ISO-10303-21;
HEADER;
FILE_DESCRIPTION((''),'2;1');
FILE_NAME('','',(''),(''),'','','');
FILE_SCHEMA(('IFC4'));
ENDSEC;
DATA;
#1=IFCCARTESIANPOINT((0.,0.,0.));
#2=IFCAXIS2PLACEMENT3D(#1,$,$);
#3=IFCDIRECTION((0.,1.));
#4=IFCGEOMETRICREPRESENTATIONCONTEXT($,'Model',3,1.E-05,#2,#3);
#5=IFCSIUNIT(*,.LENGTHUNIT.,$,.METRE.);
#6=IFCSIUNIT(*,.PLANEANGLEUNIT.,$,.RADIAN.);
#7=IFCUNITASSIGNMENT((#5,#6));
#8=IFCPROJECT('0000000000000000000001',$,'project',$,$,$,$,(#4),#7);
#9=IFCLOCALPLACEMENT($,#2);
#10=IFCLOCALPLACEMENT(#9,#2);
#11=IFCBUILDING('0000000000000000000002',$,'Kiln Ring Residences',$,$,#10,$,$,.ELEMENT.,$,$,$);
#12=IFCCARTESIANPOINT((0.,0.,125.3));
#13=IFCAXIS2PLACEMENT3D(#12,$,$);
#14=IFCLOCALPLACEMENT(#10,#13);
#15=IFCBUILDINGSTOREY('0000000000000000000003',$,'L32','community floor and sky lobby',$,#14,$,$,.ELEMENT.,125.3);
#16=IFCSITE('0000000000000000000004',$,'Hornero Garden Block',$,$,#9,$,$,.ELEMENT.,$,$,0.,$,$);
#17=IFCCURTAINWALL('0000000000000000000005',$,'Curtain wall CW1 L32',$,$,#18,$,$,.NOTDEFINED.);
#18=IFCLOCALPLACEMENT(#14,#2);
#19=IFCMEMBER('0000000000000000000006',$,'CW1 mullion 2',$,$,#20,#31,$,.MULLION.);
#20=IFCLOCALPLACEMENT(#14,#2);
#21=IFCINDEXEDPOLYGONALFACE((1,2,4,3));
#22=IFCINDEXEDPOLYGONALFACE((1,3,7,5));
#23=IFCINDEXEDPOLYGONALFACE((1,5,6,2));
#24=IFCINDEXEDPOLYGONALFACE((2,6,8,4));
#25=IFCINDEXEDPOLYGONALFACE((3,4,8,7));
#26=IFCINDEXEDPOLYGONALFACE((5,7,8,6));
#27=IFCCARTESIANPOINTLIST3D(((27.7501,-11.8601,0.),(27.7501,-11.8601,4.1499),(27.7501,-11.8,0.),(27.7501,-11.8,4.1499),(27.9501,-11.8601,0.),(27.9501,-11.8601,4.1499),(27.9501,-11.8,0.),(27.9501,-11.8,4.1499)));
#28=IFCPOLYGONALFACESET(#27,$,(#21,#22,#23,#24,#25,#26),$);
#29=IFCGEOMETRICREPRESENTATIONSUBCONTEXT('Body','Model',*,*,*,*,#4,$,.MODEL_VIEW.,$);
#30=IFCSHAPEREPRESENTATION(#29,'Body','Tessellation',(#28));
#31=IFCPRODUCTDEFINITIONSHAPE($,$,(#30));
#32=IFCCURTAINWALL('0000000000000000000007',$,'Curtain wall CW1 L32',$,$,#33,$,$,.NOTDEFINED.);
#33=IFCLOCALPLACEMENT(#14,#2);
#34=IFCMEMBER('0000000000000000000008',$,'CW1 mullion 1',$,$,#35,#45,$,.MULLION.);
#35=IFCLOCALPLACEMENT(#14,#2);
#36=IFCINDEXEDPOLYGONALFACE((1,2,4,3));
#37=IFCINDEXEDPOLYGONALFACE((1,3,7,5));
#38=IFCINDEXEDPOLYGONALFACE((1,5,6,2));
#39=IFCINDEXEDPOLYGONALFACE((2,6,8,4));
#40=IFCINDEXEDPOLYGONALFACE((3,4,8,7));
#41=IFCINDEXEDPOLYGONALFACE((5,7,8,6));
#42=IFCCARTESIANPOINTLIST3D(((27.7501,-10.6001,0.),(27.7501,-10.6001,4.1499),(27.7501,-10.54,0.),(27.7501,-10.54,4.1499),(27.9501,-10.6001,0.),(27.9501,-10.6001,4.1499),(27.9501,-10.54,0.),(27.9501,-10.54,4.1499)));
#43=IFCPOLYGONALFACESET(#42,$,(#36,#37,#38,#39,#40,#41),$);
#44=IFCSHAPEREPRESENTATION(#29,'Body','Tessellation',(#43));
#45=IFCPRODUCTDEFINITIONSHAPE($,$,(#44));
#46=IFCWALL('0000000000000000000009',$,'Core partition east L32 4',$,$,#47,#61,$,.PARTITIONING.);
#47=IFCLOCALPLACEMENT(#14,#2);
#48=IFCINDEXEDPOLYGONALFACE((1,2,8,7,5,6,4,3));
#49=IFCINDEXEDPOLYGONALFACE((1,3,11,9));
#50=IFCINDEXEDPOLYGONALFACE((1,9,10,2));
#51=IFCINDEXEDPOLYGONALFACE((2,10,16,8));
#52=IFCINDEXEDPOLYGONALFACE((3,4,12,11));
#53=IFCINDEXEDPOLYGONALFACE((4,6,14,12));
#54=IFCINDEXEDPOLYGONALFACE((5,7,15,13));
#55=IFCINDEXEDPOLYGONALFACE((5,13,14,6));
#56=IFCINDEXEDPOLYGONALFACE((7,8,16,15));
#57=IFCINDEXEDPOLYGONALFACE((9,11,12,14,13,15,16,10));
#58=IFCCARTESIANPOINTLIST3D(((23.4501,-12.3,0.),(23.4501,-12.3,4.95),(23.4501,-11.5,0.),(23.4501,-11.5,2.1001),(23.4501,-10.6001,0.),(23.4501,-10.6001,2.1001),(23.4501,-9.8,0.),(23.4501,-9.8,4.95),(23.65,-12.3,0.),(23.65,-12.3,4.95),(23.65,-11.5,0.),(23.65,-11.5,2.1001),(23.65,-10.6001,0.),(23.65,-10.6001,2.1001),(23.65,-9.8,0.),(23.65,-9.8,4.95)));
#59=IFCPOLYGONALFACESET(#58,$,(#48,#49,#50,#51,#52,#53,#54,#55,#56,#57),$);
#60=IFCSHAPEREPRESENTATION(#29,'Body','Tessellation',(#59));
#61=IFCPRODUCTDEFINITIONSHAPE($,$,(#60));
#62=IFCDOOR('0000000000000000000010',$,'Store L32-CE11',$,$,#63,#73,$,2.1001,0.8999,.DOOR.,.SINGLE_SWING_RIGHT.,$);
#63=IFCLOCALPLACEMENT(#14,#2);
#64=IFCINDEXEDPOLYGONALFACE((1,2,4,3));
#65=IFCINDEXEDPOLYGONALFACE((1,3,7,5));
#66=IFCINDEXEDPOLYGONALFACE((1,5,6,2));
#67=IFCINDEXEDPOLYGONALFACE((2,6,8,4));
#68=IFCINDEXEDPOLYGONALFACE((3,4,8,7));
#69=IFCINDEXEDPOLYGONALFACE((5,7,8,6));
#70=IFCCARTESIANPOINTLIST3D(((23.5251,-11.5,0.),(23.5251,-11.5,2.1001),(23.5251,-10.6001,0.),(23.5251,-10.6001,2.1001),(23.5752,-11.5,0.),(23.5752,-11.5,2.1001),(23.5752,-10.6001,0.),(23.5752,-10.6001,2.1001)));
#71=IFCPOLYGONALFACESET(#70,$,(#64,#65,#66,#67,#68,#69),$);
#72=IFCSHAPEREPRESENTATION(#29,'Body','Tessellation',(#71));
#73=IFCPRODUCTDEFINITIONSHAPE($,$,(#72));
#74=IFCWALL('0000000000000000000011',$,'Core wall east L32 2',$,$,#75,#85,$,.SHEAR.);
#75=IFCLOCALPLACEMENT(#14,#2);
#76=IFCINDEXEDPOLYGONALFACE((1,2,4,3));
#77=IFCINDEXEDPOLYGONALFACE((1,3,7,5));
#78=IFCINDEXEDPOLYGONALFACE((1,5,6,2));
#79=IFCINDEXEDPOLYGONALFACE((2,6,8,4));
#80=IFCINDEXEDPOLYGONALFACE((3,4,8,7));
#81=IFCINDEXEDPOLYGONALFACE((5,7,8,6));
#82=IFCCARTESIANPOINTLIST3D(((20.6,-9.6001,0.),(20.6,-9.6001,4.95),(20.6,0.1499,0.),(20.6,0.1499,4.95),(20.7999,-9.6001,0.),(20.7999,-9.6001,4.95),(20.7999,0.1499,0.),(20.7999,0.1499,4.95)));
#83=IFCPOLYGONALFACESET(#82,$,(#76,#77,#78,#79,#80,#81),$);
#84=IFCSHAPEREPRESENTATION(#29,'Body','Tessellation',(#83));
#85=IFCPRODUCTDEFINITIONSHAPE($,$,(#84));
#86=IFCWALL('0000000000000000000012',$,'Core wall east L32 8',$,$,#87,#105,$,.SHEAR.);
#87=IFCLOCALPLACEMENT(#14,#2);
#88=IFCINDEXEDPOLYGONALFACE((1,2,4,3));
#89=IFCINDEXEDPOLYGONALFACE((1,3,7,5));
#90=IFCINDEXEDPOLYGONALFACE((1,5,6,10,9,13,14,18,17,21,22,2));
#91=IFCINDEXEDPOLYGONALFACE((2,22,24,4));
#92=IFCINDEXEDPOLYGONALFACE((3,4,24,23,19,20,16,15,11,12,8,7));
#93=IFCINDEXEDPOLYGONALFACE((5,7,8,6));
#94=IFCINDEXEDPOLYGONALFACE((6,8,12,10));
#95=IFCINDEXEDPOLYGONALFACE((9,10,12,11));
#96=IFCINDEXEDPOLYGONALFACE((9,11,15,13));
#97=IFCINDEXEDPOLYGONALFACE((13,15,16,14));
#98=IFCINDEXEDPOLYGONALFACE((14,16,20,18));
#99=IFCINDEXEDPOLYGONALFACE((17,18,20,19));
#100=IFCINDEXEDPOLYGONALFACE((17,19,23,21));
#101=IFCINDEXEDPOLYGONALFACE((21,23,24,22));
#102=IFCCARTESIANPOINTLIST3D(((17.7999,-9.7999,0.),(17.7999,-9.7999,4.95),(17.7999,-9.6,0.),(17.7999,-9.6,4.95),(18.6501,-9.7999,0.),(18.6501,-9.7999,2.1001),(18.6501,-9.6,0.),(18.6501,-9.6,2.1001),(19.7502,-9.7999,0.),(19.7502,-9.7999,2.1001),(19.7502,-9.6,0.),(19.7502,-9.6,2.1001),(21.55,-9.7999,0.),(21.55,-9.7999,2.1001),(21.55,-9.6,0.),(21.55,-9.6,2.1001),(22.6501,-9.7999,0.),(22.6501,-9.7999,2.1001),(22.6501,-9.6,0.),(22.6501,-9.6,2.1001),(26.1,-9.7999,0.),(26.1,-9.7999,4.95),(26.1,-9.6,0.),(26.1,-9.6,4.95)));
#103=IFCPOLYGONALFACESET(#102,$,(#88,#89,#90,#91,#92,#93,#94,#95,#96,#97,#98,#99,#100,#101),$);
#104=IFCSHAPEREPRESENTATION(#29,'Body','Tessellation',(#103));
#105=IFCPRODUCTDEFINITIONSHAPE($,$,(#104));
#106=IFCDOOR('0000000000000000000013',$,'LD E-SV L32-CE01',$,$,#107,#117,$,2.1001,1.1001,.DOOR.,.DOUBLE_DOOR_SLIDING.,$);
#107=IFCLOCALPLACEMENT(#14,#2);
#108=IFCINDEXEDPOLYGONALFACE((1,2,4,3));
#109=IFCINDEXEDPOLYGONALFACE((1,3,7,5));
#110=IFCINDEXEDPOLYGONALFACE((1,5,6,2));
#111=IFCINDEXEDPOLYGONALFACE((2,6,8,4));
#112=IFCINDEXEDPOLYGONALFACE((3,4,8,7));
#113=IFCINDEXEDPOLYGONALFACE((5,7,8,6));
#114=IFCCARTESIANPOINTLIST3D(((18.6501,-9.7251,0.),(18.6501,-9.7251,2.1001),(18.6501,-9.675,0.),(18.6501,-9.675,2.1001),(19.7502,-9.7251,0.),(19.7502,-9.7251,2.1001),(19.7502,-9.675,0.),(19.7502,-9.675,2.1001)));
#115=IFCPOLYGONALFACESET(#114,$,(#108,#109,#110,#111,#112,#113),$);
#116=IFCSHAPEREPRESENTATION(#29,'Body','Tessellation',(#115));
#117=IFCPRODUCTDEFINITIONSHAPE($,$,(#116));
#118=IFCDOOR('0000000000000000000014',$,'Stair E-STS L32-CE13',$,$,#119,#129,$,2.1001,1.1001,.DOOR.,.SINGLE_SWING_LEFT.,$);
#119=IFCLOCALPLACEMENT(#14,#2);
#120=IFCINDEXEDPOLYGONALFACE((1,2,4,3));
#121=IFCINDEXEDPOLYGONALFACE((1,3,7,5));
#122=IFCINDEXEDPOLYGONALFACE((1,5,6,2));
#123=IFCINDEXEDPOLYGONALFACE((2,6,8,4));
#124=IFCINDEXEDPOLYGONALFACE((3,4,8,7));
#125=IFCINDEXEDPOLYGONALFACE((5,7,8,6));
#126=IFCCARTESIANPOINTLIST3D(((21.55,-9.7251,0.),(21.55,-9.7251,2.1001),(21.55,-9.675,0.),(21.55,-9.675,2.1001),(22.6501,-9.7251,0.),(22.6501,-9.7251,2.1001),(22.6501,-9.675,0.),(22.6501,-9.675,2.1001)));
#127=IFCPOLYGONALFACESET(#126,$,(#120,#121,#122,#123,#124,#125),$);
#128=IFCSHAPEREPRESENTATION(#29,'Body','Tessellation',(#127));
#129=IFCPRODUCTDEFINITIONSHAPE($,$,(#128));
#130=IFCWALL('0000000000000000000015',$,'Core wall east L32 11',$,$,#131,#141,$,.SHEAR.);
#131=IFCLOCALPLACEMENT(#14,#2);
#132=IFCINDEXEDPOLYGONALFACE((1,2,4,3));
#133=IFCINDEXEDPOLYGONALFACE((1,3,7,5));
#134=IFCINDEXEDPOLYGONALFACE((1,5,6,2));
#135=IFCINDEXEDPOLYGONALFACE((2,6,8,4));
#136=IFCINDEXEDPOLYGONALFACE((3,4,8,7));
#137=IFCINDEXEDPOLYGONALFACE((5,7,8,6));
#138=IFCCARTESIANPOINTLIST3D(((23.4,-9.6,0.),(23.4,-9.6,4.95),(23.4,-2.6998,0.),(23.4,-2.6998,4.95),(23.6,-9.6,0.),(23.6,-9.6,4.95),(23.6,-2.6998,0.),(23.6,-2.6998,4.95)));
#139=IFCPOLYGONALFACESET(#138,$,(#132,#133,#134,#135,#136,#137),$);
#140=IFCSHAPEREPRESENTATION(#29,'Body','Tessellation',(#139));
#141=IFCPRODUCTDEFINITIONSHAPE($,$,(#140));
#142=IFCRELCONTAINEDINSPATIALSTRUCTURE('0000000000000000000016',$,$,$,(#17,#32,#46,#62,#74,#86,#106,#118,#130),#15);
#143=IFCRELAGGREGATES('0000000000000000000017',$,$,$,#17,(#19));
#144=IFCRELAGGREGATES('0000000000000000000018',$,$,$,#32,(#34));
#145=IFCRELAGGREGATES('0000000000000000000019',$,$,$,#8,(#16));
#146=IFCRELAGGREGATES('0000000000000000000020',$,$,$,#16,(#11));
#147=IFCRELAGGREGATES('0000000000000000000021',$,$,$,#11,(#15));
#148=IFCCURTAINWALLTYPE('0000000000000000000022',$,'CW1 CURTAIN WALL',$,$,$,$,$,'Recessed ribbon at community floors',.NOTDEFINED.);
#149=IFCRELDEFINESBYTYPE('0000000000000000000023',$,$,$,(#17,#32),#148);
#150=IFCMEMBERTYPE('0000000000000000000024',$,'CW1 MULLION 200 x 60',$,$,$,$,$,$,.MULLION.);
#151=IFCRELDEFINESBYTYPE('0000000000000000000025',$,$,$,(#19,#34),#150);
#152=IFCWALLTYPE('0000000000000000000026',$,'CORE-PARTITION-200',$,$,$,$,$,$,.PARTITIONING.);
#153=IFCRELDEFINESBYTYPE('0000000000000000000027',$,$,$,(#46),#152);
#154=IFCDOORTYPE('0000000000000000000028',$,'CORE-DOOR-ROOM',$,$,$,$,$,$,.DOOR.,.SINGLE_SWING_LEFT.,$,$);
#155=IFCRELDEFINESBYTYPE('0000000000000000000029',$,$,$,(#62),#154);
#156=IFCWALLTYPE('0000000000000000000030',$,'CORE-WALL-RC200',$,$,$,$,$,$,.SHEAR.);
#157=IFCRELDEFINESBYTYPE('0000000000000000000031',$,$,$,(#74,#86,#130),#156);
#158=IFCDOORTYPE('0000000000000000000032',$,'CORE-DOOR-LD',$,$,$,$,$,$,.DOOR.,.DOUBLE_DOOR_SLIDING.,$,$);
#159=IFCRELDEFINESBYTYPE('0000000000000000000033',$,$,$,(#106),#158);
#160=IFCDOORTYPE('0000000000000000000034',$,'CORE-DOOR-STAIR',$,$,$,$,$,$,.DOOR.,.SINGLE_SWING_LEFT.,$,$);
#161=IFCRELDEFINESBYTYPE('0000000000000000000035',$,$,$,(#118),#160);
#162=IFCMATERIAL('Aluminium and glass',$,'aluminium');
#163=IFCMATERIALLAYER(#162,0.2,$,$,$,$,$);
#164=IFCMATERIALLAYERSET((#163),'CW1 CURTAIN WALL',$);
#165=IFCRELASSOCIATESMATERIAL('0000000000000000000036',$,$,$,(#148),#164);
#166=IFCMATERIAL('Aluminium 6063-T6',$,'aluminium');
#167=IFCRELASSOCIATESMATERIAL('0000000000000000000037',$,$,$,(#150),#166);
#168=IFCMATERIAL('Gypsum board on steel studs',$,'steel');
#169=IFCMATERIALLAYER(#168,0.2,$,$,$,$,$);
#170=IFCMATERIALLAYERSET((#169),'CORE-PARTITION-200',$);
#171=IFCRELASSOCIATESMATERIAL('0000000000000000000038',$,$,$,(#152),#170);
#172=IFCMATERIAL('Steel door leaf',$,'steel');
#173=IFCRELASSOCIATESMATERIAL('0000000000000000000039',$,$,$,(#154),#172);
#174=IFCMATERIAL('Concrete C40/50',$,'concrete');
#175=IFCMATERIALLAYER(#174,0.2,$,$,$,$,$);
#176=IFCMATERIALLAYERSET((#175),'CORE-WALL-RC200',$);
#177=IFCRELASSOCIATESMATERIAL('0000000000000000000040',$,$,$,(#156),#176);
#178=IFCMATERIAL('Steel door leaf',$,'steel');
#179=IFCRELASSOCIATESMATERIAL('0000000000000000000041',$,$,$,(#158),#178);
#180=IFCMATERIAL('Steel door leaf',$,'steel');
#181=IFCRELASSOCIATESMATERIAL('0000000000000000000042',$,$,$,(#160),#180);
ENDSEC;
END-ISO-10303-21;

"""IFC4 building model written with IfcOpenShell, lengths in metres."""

from ifc_helpers import new_model, si_unit, direction, frame, frame_2d, origin, origin_2d, place, context, subcontext, project, spatial, rectangle, extrude, material, layer, layer_set, material_profile, profile_set, type_object, element, fill, aggregate, save


model = new_model("IFC4")

# Units and contexts
model_context = context("Model", 3, precision=1e-05, world=origin(), true_north=direction((0.0, 1.0)))
body_context = subcontext(model_context, "Body", "Model", "MODEL_VIEW")
ifc_project = project(units=[si_unit("LENGTHUNIT", "METRE"), si_unit("PLANEANGLEUNIT", "RADIAN")], contexts=[model_context])

# Site, building, storey
site_placement = place(None, origin())
site = spatial("IfcSite", under=ifc_project, at=site_placement, Name="Hornero Garden Block", CompositionType="ELEMENT", RefElevation=0.0)
building_placement = place(site_placement, origin())
building = spatial("IfcBuilding", under=site, at=building_placement, Name="Kiln Ring Residences", CompositionType="ELEMENT")
storey_placement = place(building_placement, frame((0.0, 0.0, 125.3)))
storey = spatial("IfcBuildingStorey", under=building, at=storey_placement, Name="L32", Description="community floor and sky lobby", CompositionType="ELEMENT", Elevation=125.3)

# Curtain walls, members
ifc_material_1 = material(Name="Aluminium and glass", Category="aluminium")
ifc_layer_1 = layer(ifc_material_1, 0.2)
ifc_layer_set_1 = layer_set([ifc_layer_1], Name="CW1 CURTAIN WALL")
curtain_wall_type = type_object("IfcCurtainWallType", Name="CW1 CURTAIN WALL", ElementType="Recessed ribbon at community floors", PredefinedType="NOTDEFINED", material=ifc_layer_set_1)
placement = place(storey_placement, origin())
curtain_wall_1 = element("IfcCurtainWall", 1, at=placement, inside=storey, type_object=curtain_wall_type, Name="Curtain wall CW1 L32", PredefinedType="NOTDEFINED")
ifc_material_2 = material(Name="Aluminium 6063-T6", Category="aluminium")
ifc_material_profile = material_profile(ifc_material_2, rectangle(XDim=0.2, YDim=0.0601, at=origin_2d()), Name="AL 200x60")
ifc_profile_set = profile_set([ifc_material_profile], Name="Aluminium 6063-T6")
member_type = type_object("IfcMemberType", Name="CW1 MULLION 200 x 60", PredefinedType="MULLION", material=ifc_profile_set)
member_1_placement = place(storey_placement, frame((27.8501, -11.8301, 0.0), z_axis=(0.0, 0.0, 1.0), x_axis=(-1.0, 0.0, 0.0)))
member_1 = element("IfcMember", 2, at=member_1_placement, type_object=member_type, Name="CW1 mullion 2", PredefinedType="MULLION", context=body_context, shape_type="SweptSolid", body=[
    extrude(rectangle(XDim=0.2, YDim=0.0601, at=origin_2d()), origin(), (0.0, 0.0, 1.0), 4.1499),
])
aggregate(curtain_wall_1, [member_1])
curtain_wall_2 = element("IfcCurtainWall", 3, at=placement, inside=storey, type_object=curtain_wall_type, Name="Curtain wall CW1 L32", PredefinedType="NOTDEFINED")
member_2_placement = place(storey_placement, frame((27.8501, -10.5701, 0.0), z_axis=(0.0, 0.0, 1.0), x_axis=(-1.0, 0.0, 0.0)))
member_2 = element("IfcMember", 4, at=member_2_placement, type_object=member_type, Name="CW1 mullion 1", PredefinedType="MULLION", context=body_context, shape_type="SweptSolid", body=[
    extrude(rectangle(XDim=0.2, YDim=0.0601, at=origin_2d()), origin(), (0.0, 0.0, 1.0), 4.1499),
])
aggregate(curtain_wall_2, [member_2])

# Wall, opening, door
ifc_material_3 = material(Name="Gypsum board on steel studs", Category="steel")
ifc_layer_2 = layer(ifc_material_3, 0.2)
ifc_layer_set_2 = layer_set([ifc_layer_2], Name="CORE-PARTITION-200")
wall_type_1 = type_object("IfcWallType", Name="CORE-PARTITION-200", PredefinedType="PARTITIONING", material=ifc_layer_set_2)
wall_1_placement = place(storey_placement, frame((23.55, -12.3, 0.0), z_axis=(0.0, 0.0, 1.0), x_axis=(0.0, 1.0, 0.0)))
wall_1 = element("IfcWall", 5, at=wall_1_placement, inside=storey, type_object=wall_type_1, Name="Core partition east L32 4", PredefinedType="PARTITIONING", context=body_context, shape_type="SweptSolid", body=[
    extrude(rectangle(XDim=2.5, YDim=0.2, at=frame_2d((1.25, 0.0))), origin(), (0.0, 0.0, 1.0), 4.95),
])
opening_1_placement = place(wall_1_placement, frame((0.8, 0.0, 0.0)))
opening_1 = element("IfcOpeningElement", 6, at=opening_1_placement, cuts=wall_1, PredefinedType="OPENING", context=body_context, shape_type="SweptSolid", body=[
    extrude(rectangle(XDim=0.8999, YDim=2.1001, at=frame_2d((0.45, 1.05))), frame((0.0, 0.1099, 0.0), z_axis=(0.0, -1.0, 0.0), x_axis=(1.0, 0.0, 0.0)), (0.0, 0.0, 1.0), 0.22),
])
ifc_material_4 = material(Name="Steel door leaf", Category="steel")
door_type_1 = type_object("IfcDoorType", Name="CORE-DOOR-ROOM", OperationType="SINGLE_SWING_LEFT", PredefinedType="DOOR", material=ifc_material_4)
door_1_placement = place(opening_1_placement, origin())
door_1 = element("IfcDoor", 7, at=door_1_placement, inside=storey, type_object=door_type_1, Name="Store L32-CE11", OperationType="SINGLE_SWING_RIGHT", OverallHeight=2.1001, OverallWidth=0.8999, PredefinedType="DOOR", context=body_context, shape_type="SweptSolid", body=[
    extrude(rectangle(XDim=0.8999, YDim=2.1001, at=frame_2d((0.45, 1.05))), frame((0.0, 0.0249, 0.0), z_axis=(0.0, -1.0, 0.0), x_axis=(1.0, 0.0, 0.0)), (0.0, 0.0, 1.0), 0.05),
])
fill(opening_1, door_1)

# Wall
ifc_material_5 = material(Name="Concrete C40/50", Category="concrete")
ifc_layer_3 = layer(ifc_material_5, 0.2)
ifc_layer_set_3 = layer_set([ifc_layer_3], Name="CORE-WALL-RC200")
wall_type_2 = type_object("IfcWallType", Name="CORE-WALL-RC200", PredefinedType="SHEAR", material=ifc_layer_set_3)
wall_2_placement = place(storey_placement, frame((20.7, -9.6001, 0.0), z_axis=(0.0, 0.0, 1.0), x_axis=(0.0, 1.0, 0.0)))
element("IfcWall", 8, at=wall_2_placement, inside=storey, type_object=wall_type_2, Name="Core wall east L32 2", PredefinedType="SHEAR", context=body_context, shape_type="SweptSolid", body=[
    extrude(rectangle(XDim=9.75, YDim=0.2, at=frame_2d((4.875, 0.0))), origin(), (0.0, 0.0, 1.0), 4.95),
])

# Wall, openings, doors
wall_3_placement = place(storey_placement, frame((17.8, -9.7, 0.0), z_axis=(0.0, 0.0, 1.0), x_axis=(1.0, 0.0, 0.0)))
wall_3 = element("IfcWall", 9, at=wall_3_placement, inside=storey, type_object=wall_type_2, Name="Core wall east L32 8", PredefinedType="SHEAR", context=body_context, shape_type="SweptSolid", body=[
    extrude(rectangle(XDim=8.3, YDim=0.2, at=frame_2d((4.1499, 0.0))), origin(), (0.0, 0.0, 1.0), 4.95),
])
opening_2_placement = place(wall_3_placement, frame((0.8501, 0.0, 0.0)))
opening_2 = element("IfcOpeningElement", 10, at=opening_2_placement, cuts=wall_3, PredefinedType="OPENING", context=body_context, shape_type="SweptSolid", body=[
    extrude(rectangle(XDim=1.1001, YDim=2.1001, at=frame_2d((0.55, 1.05))), frame((0.0, 0.1099, 0.0), z_axis=(0.0, -1.0, 0.0), x_axis=(1.0, 0.0, 0.0)), (0.0, 0.0, 1.0), 0.22),
])
opening_3_placement = place(wall_3_placement, frame((3.75, 0.0, 0.0)))
opening_3 = element("IfcOpeningElement", 11, at=opening_3_placement, cuts=wall_3, PredefinedType="OPENING", context=body_context, shape_type="SweptSolid", body=[
    extrude(rectangle(XDim=1.1001, YDim=2.1001, at=frame_2d((0.55, 1.05))), frame((0.0, 0.1099, 0.0), z_axis=(0.0, -1.0, 0.0), x_axis=(1.0, 0.0, 0.0)), (0.0, 0.0, 1.0), 0.22),
])
ifc_material_6 = material(Name="Steel door leaf", Category="steel")
door_type_2 = type_object("IfcDoorType", Name="CORE-DOOR-LD", OperationType="DOUBLE_DOOR_SLIDING", PredefinedType="DOOR", material=ifc_material_6)
door_2_placement = place(opening_2_placement, origin())
door_2 = element("IfcDoor", 12, at=door_2_placement, inside=storey, type_object=door_type_2, Name="LD E-SV L32-CE01", OperationType="DOUBLE_DOOR_SLIDING", OverallHeight=2.1001, OverallWidth=1.1001, PredefinedType="DOOR", context=body_context, shape_type="SweptSolid", body=[
    extrude(rectangle(XDim=1.1001, YDim=2.1001, at=frame_2d((0.55, 1.05))), frame((0.0, 0.0249, 0.0), z_axis=(0.0, -1.0, 0.0), x_axis=(1.0, 0.0, 0.0)), (0.0, 0.0, 1.0), 0.05),
])
fill(opening_2, door_2)
ifc_material_7 = material(Name="Steel door leaf", Category="steel")
door_type_3 = type_object("IfcDoorType", Name="CORE-DOOR-STAIR", OperationType="SINGLE_SWING_LEFT", PredefinedType="DOOR", material=ifc_material_7)
door_3_placement = place(opening_3_placement, origin())
door_3 = element("IfcDoor", 13, at=door_3_placement, inside=storey, type_object=door_type_3, Name="Stair E-STS L32-CE13", OperationType="SINGLE_SWING_LEFT", OverallHeight=2.1001, OverallWidth=1.1001, PredefinedType="DOOR", context=body_context, shape_type="SweptSolid", body=[
    extrude(rectangle(XDim=1.1001, YDim=2.1001, at=frame_2d((0.55, 1.05))), frame((0.0, 0.0249, 0.0), z_axis=(0.0, -1.0, 0.0), x_axis=(1.0, 0.0, 0.0)), (0.0, 0.0, 1.0), 0.05),
])
fill(opening_3, door_3)

# Wall
wall_4_placement = place(storey_placement, frame((23.5, -9.6001, 0.0), z_axis=(0.0, 0.0, 1.0), x_axis=(0.0, 1.0, 0.0)))
element("IfcWall", 14, at=wall_4_placement, inside=storey, type_object=wall_type_2, Name="Core wall east L32 11", PredefinedType="SHEAR", context=body_context, shape_type="SweptSolid", body=[
    extrude(rectangle(XDim=6.9001, YDim=0.2, at=frame_2d((3.4502, 0.0))), origin(), (0.0, 0.0, 1.0), 4.95),
])

save(model, "model.ifc")
